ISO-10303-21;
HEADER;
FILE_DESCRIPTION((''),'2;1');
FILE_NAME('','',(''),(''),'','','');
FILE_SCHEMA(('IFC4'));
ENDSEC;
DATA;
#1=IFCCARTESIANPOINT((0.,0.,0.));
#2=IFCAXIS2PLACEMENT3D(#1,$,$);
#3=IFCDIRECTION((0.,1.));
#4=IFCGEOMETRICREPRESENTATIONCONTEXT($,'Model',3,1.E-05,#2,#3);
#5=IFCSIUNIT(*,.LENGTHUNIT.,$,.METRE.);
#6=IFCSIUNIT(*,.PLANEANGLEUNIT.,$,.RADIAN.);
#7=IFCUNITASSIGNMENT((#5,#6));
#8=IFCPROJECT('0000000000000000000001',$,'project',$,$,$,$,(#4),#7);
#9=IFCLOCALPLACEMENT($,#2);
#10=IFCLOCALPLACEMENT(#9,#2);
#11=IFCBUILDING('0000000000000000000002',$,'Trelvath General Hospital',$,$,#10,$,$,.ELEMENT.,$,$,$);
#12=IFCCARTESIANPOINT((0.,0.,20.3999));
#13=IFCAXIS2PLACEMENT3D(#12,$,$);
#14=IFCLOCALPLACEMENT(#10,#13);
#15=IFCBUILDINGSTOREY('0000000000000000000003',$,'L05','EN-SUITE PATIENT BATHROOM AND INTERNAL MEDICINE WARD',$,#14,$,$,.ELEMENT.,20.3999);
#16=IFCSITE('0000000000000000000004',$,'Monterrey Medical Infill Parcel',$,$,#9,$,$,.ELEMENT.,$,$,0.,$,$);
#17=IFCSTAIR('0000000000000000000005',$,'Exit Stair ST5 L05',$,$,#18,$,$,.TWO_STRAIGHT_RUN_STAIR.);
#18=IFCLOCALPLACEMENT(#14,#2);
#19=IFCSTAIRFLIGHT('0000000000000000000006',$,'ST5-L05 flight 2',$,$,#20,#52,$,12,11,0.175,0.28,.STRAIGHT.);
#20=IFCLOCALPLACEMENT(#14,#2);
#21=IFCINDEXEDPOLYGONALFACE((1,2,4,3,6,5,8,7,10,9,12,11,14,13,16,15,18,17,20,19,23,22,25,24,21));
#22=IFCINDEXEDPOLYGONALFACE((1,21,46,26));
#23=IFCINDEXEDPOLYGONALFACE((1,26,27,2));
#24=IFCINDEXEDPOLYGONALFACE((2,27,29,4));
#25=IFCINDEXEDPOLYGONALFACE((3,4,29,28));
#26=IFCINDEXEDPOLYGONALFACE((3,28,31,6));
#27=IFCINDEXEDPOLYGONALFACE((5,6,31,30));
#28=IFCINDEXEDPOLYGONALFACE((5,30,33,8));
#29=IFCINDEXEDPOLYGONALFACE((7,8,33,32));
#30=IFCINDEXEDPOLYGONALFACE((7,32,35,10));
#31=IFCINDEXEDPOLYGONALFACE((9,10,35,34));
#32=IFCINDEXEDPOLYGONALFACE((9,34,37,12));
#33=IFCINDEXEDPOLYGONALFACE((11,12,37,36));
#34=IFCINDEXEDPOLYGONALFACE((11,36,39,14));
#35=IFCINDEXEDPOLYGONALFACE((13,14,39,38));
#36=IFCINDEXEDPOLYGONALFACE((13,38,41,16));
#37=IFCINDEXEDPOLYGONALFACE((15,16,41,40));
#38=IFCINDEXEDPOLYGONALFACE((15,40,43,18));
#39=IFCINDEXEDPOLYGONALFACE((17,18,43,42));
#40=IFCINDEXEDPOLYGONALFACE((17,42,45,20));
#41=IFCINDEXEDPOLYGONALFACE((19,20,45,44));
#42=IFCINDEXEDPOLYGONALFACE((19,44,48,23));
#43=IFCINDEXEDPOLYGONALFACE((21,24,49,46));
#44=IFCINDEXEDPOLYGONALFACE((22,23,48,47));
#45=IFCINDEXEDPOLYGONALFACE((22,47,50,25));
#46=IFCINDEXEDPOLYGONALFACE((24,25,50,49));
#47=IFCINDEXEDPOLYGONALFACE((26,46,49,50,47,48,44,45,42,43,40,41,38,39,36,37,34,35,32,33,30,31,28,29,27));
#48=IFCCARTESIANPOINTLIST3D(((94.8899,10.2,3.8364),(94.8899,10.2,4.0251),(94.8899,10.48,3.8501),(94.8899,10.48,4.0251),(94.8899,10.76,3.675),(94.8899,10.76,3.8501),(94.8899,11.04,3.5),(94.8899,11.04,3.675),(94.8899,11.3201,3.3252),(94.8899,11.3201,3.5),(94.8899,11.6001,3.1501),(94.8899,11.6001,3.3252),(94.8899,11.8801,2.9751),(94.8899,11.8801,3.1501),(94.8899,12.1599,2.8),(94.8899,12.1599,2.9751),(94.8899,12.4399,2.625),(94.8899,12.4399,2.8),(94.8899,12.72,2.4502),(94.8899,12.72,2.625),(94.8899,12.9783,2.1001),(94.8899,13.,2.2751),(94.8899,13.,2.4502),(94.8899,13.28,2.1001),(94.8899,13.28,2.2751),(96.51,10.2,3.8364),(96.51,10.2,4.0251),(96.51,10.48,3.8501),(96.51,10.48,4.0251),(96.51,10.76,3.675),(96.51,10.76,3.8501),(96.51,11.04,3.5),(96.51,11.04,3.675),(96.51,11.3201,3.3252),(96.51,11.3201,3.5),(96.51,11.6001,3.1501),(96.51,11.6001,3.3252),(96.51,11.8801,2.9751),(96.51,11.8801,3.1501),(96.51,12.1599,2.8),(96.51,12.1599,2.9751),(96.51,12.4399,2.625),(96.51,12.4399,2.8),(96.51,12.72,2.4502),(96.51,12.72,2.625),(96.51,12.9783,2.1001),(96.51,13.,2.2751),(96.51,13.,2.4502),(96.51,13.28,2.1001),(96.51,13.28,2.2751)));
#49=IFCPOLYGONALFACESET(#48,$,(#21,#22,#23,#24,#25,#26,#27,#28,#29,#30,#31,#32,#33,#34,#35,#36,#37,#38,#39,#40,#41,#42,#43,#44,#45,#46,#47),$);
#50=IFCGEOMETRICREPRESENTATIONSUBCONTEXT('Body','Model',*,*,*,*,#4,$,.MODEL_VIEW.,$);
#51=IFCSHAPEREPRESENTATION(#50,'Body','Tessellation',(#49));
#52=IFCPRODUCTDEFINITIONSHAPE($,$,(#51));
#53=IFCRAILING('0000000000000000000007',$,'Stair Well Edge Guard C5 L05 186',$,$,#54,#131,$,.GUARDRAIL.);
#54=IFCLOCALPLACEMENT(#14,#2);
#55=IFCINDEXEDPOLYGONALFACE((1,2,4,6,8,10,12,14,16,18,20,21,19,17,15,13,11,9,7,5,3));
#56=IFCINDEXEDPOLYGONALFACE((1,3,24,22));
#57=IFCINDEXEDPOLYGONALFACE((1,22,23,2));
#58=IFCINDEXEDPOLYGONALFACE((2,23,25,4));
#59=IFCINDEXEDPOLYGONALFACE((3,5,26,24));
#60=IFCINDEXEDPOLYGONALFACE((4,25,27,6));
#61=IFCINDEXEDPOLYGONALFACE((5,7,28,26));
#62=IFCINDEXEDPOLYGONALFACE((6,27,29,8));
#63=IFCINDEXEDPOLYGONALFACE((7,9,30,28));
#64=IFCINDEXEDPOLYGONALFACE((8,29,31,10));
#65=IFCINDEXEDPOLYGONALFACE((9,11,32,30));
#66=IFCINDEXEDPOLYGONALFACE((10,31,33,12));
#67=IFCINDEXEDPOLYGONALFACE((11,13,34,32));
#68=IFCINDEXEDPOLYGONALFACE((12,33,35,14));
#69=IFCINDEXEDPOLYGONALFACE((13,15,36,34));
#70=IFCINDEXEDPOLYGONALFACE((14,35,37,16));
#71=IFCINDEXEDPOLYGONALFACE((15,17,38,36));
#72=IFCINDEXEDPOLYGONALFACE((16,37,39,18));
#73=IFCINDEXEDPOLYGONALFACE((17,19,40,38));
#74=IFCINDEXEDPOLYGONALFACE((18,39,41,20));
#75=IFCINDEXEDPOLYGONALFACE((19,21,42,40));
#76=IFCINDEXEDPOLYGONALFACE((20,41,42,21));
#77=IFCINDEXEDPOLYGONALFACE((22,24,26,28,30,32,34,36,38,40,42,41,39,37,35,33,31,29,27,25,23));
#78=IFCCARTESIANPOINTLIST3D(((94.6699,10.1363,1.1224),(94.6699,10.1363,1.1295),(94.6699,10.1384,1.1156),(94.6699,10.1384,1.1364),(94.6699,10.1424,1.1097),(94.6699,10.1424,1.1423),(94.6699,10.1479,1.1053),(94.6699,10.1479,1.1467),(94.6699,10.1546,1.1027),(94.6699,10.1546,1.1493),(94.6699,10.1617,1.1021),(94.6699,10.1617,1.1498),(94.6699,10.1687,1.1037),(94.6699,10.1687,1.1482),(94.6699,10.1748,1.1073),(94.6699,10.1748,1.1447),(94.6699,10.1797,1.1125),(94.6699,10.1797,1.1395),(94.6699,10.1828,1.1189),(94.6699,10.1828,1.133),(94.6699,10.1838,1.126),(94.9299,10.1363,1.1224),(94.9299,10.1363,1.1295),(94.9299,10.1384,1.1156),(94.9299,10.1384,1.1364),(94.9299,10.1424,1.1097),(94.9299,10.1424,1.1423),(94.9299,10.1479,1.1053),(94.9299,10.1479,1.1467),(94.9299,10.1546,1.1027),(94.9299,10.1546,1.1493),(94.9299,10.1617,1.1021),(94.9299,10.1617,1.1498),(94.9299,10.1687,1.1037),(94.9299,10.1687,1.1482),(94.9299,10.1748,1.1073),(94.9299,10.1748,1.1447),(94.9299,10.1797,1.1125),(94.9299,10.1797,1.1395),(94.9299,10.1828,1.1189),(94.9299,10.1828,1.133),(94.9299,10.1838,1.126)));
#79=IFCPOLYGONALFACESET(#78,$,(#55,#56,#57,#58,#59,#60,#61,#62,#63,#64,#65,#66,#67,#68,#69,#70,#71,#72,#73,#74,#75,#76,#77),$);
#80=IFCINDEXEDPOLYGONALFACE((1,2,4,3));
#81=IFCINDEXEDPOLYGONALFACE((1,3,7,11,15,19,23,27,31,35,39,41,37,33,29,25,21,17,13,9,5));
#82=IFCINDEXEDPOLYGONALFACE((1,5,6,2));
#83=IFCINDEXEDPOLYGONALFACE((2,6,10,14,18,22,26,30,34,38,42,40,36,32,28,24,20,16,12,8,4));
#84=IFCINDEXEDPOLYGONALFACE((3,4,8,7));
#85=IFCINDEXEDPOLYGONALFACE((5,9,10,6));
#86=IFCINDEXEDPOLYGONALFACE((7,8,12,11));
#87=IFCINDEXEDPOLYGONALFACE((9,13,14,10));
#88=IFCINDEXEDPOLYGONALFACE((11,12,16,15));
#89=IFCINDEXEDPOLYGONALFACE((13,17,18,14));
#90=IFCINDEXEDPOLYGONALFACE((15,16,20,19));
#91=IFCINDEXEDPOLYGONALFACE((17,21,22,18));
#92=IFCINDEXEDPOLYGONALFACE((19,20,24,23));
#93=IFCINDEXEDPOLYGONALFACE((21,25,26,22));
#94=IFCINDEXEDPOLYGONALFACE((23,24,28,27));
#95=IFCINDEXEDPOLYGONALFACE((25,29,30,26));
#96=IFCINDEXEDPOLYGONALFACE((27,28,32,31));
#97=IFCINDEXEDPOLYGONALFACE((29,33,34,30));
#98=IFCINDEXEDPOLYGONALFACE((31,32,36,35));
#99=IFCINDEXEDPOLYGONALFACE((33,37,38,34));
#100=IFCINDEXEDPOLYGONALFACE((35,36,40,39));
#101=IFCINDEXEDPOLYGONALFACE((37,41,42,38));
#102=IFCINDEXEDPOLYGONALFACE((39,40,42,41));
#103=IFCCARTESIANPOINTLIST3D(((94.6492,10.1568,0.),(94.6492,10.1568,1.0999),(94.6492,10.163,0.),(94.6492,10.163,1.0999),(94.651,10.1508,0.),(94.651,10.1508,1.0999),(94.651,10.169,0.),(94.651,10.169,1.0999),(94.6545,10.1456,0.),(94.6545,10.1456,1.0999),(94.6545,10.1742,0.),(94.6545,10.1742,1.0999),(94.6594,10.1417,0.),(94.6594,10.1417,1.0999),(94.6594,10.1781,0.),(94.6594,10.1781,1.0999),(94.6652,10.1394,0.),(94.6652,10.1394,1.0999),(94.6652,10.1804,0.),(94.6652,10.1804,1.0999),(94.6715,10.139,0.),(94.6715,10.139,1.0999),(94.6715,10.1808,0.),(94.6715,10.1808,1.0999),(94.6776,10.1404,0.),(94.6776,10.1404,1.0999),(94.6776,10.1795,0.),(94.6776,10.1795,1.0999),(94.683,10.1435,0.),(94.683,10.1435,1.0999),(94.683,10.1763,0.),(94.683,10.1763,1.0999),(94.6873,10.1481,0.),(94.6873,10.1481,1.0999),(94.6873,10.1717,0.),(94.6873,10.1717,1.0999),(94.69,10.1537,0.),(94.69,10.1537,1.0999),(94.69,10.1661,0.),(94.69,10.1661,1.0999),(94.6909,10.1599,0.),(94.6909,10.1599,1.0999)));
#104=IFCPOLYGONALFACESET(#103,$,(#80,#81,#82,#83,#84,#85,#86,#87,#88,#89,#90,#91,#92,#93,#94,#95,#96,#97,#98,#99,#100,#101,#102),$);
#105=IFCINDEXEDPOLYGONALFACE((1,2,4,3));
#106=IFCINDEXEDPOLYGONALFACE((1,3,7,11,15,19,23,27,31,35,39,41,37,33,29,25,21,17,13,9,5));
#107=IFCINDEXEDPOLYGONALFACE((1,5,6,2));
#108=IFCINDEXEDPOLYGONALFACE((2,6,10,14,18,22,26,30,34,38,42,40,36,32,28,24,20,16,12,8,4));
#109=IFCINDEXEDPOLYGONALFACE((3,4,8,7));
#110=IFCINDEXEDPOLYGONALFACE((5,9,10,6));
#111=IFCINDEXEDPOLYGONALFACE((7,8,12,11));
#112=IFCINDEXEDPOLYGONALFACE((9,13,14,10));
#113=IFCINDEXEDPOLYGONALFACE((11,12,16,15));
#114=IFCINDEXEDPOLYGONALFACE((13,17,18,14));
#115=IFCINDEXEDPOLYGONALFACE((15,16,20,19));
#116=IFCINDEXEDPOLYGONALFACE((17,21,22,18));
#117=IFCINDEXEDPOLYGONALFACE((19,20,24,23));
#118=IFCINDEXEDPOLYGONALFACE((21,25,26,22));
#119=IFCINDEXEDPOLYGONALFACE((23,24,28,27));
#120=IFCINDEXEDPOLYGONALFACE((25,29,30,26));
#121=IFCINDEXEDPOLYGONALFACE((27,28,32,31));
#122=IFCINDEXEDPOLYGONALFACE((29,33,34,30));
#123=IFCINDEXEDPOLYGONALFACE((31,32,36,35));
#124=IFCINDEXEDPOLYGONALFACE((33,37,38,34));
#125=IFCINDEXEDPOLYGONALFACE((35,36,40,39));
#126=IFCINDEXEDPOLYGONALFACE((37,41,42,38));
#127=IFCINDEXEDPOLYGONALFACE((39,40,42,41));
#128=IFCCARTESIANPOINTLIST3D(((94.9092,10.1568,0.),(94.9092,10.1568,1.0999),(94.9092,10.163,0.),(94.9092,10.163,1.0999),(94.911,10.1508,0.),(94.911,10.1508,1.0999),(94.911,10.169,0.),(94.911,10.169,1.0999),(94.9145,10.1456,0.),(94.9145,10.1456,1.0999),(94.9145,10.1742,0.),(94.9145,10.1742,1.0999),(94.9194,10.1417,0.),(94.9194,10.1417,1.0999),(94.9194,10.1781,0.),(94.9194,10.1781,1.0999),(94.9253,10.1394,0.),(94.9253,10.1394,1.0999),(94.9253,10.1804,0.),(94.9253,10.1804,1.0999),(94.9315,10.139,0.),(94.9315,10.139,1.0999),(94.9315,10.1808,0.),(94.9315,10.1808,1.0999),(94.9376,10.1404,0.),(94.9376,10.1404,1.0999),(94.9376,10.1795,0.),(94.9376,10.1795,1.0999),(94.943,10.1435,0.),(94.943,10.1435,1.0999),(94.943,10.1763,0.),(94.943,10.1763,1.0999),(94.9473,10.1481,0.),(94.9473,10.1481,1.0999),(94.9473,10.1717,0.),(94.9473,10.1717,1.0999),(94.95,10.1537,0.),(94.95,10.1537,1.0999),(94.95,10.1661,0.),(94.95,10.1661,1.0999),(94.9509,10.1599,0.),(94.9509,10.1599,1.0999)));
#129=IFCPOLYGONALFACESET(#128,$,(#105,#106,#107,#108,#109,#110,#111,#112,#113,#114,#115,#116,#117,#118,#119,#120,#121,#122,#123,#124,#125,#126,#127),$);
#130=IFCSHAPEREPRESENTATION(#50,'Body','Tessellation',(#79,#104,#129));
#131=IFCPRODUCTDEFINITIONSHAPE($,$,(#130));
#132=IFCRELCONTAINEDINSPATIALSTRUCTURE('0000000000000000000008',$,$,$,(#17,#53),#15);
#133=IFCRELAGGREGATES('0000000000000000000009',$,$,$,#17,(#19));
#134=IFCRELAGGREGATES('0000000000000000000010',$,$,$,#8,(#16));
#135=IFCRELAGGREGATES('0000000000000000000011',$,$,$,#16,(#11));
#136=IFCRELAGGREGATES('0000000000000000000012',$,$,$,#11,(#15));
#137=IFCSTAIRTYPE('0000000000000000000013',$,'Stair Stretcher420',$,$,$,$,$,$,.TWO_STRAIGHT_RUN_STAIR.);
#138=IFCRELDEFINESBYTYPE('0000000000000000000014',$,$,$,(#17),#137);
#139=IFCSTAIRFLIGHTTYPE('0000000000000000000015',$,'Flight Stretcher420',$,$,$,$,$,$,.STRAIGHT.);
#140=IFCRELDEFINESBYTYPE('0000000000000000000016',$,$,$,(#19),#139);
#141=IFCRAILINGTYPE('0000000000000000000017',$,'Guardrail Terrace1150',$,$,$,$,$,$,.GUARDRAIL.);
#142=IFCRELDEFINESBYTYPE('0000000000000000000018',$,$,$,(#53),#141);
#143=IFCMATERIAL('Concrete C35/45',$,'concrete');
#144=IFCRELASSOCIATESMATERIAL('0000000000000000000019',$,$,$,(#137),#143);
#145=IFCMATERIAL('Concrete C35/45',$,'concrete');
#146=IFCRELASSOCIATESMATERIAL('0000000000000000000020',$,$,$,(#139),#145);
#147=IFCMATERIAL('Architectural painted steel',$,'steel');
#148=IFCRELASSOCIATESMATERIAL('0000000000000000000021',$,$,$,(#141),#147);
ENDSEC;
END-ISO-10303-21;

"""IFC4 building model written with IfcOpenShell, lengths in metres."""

from ifc_helpers import new_model, si_unit, direction, frame, origin, origin_2d, place, context, subcontext, project, spatial, polyline, circle, outline, extrude, material, type_object, element, aggregate, save


model = new_model("IFC4")

# Units and contexts
model_context = context("Model", 3, precision=1e-05, world=origin(), true_north=direction((0.0, 1.0)))
body_context = subcontext(model_context, "Body", "Model", "MODEL_VIEW")
ifc_project = project(units=[si_unit("LENGTHUNIT", "METRE"), si_unit("PLANEANGLEUNIT", "RADIAN")], contexts=[model_context])

# Site, building, storey
site_placement = place(None, origin())
site = spatial("IfcSite", under=ifc_project, at=site_placement, Name="Monterrey Medical Infill Parcel", CompositionType="ELEMENT", RefElevation=0.0)
building_placement = place(site_placement, origin())
building = spatial("IfcBuilding", under=site, at=building_placement, Name="Trelvath General Hospital", CompositionType="ELEMENT")
storey_placement = place(building_placement, frame((0.0, 0.0, 20.3999)))
storey = spatial("IfcBuildingStorey", under=building, at=storey_placement, Name="L05", Description="EN-SUITE PATIENT BATHROOM AND INTERNAL MEDICINE WARD", CompositionType="ELEMENT", Elevation=20.3999)

# Stair, stair flight
ifc_material_1 = material(Name="Concrete C35/45", Category="concrete")
stair_type = type_object("IfcStairType", Name="Stair Stretcher420", PredefinedType="TWO_STRAIGHT_RUN_STAIR", material=ifc_material_1)
stair_placement = place(storey_placement, origin())
stair = element("IfcStair", 1, at=stair_placement, inside=storey, type_object=stair_type, Name="Exit Stair ST5 L05", PredefinedType="TWO_STRAIGHT_RUN_STAIR")
ifc_material_2 = material(Name="Concrete C35/45", Category="concrete")
stair_flight_type = type_object("IfcStairFlightType", Name="Flight Stretcher420", PredefinedType="STRAIGHT", material=ifc_material_2)
stair_flight_1_placement = place(storey_placement, frame((95.7, 13.28, 2.1001), z_axis=(0.0, 0.0, 1.0), x_axis=(0.0, -1.0, 0.0)))
stair_flight_1 = element("IfcStairFlight", 2, at=stair_flight_1_placement, type_object=stair_flight_type, Name="ST5-L05 flight 2", NumberOfRisers=12, NumberOfTreads=11, PredefinedType="STRAIGHT", RiserHeight=0.175, TreadLength=0.28, context=body_context, shape_type="SweptSolid", body=[
    extrude(outline(polyline([(0.0, 0.0), (0.0, 0.175), (0.28, 0.175), (0.28, 0.3501), (0.5601, 0.3501), (0.5601, 0.5249), (0.8401, 0.5249), (0.8401, 0.7), (1.1201, 0.7), (1.1201, 0.875), (1.3999, 0.875), (1.3999, 1.05), (1.6799, 1.05), (1.6799, 1.2251), (1.96, 1.2251), (1.96, 1.3999), (2.24, 1.3999), (2.24, 1.575), (2.52, 1.575), (2.52, 1.75), (2.8, 1.75), (2.8, 1.925), (3.0801, 1.925), (3.0801, 2.1001), (3.0801, 1.7363), (0.3018, 0.0), (0.0, 0.0)])), frame((0.0, 0.8101, 0.0), z_axis=(0.0, -1.0, 0.0), x_axis=(1.0, 0.0, 0.0)), (0.0, 0.0, 1.0), 1.6201),
])
aggregate(stair, [stair_flight_1])

# Railing
ifc_material_3 = material(Name="Architectural painted steel", Category="steel")
railing_type_1 = type_object("IfcRailingType", Name="Guardrail Terrace1150", PredefinedType="GUARDRAIL", material=ifc_material_3)
railing_1_placement = place(storey_placement, frame((94.6699, 10.1599, 0.0)))
element("IfcRailing", 3, at=railing_1_placement, inside=storey, type_object=railing_type_1, Name="Stair Well Edge Guard C5 L05 186", PredefinedType="GUARDRAIL", context=body_context, shape_type="SweptSolid", body=[
    extrude(circle(Radius=0.0239, at=origin_2d()), frame((0.0, 0.0, 1.126), z_axis=(1.0, 0.0, 0.0), x_axis=(0.0, 1.0, 0.0)), (0.0, 0.0, 1.0), 0.26),
    extrude(circle(Radius=0.021, at=origin_2d()), origin(), (0.0, 0.0, 1.0), 1.0999),
    extrude(circle(Radius=0.021, at=origin_2d()), frame((0.26, 0.0, 0.0)), (0.0, 0.0, 1.0), 1.0999),
])

save(model, "model.ifc")
